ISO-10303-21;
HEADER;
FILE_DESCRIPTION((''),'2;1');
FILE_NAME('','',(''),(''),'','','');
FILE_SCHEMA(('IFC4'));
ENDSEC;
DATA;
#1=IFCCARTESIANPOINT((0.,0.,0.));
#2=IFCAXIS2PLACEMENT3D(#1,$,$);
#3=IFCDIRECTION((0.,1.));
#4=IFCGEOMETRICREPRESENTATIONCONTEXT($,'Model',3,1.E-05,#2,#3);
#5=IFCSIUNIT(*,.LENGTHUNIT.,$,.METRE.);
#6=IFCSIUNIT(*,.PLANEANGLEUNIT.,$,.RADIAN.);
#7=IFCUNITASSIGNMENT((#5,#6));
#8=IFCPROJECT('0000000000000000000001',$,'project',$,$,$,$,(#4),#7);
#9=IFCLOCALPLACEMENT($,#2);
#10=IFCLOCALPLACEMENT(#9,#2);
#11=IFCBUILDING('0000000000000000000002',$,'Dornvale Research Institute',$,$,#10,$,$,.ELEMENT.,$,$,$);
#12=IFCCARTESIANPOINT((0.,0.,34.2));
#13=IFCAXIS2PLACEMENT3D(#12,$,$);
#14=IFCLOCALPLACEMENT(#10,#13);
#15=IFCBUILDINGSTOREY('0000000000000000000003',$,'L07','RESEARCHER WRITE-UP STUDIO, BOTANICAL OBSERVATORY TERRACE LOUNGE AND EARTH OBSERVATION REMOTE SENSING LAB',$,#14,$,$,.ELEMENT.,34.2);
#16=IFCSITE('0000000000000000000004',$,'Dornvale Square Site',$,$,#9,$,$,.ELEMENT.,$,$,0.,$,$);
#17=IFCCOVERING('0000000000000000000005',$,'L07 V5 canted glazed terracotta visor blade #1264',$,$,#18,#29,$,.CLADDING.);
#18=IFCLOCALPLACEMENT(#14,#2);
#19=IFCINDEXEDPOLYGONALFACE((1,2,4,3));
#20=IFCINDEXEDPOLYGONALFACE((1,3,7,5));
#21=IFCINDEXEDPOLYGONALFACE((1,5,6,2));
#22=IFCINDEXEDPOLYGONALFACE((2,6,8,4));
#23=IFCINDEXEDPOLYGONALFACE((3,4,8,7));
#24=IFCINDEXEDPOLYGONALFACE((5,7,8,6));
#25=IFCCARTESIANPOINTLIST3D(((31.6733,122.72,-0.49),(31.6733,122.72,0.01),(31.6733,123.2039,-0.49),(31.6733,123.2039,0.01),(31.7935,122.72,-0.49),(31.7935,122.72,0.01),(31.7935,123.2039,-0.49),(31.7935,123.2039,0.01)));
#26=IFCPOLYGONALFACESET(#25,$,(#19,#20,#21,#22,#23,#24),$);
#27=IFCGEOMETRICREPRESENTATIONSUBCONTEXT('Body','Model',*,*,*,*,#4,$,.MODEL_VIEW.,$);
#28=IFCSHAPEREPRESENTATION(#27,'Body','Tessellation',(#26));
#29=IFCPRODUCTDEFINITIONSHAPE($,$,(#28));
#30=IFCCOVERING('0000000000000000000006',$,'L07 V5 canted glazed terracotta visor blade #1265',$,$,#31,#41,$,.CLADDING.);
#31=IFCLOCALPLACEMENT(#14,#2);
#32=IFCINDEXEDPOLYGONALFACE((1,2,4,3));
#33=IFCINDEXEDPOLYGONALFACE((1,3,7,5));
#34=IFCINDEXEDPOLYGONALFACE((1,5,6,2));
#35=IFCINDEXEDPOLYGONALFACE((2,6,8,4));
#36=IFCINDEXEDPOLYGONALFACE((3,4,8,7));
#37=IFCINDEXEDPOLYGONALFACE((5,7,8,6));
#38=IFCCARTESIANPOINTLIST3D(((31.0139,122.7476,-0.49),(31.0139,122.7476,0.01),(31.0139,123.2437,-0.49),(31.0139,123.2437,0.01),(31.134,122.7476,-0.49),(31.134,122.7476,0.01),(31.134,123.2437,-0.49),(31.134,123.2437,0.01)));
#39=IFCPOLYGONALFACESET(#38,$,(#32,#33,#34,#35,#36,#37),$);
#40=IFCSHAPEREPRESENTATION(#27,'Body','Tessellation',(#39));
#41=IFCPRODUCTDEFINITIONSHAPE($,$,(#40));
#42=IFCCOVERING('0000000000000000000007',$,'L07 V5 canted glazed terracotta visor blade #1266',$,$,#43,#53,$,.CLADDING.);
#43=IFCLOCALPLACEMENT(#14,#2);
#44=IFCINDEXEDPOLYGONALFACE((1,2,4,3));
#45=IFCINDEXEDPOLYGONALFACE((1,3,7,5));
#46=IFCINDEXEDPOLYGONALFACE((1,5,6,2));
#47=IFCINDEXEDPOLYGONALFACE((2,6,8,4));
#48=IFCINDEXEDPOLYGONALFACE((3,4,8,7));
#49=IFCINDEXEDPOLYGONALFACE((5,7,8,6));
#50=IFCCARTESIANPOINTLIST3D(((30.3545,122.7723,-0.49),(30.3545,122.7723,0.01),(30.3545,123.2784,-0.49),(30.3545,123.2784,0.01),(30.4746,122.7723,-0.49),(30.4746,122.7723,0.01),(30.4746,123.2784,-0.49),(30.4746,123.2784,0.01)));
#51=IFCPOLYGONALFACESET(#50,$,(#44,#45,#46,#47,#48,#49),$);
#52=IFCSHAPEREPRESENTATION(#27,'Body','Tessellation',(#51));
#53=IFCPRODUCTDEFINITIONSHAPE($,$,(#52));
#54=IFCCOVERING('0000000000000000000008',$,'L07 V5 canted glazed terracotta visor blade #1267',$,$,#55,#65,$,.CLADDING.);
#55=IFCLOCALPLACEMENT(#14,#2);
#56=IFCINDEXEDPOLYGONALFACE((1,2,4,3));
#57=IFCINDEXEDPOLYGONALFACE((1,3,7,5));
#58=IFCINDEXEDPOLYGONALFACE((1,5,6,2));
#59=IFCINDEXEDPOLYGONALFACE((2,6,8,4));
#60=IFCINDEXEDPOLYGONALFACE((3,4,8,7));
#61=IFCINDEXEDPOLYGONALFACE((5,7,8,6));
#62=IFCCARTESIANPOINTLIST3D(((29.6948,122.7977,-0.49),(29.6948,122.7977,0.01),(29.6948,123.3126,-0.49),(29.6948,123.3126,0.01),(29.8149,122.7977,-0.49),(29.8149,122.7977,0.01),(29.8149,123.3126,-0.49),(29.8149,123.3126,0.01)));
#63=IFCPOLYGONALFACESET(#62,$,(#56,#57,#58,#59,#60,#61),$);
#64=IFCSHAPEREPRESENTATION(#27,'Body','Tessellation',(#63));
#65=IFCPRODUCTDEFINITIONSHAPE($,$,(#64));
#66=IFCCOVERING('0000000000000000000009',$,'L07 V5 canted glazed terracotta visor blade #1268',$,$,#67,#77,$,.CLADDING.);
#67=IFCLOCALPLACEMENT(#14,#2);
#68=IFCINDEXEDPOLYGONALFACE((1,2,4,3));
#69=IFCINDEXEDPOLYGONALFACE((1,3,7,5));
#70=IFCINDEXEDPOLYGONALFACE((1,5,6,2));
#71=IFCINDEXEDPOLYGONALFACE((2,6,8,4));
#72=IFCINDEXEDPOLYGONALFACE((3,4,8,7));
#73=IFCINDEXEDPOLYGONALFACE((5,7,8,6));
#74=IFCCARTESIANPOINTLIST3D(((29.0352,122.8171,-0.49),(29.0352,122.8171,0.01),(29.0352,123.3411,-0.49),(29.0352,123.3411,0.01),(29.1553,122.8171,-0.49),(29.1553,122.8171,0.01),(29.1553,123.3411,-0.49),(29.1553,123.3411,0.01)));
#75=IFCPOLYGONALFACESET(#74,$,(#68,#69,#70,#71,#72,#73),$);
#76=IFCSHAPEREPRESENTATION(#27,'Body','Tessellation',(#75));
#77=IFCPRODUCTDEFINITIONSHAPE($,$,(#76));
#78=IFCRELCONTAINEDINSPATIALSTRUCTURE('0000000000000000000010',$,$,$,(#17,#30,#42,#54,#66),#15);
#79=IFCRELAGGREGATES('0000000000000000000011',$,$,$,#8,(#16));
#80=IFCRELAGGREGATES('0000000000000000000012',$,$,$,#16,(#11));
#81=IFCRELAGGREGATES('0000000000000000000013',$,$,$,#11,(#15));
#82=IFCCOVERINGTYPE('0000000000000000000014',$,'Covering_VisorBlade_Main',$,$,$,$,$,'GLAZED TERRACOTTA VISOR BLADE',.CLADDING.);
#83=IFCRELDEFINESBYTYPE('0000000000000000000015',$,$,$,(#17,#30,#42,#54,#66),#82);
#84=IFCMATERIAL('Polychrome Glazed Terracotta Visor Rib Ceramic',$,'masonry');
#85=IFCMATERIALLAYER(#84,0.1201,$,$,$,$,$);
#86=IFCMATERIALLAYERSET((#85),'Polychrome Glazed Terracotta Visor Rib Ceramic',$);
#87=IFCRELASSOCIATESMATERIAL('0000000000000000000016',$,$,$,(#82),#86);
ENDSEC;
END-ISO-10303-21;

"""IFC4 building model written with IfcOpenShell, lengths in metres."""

from ifc_helpers import new_model, si_unit, direction, frame, origin, origin_2d, place, context, subcontext, project, spatial, rectangle, extrude, material, layer, layer_set, type_object, element, save


model = new_model("IFC4")

# Units and contexts
model_context = context("Model", 3, precision=1e-05, world=origin(), true_north=direction((0.0, 1.0)))
body_context = subcontext(model_context, "Body", "Model", "MODEL_VIEW")
ifc_project = project(units=[si_unit("LENGTHUNIT", "METRE"), si_unit("PLANEANGLEUNIT", "RADIAN")], contexts=[model_context])

# Site, building, storey
site_placement = place(None, origin())
site = spatial("IfcSite", under=ifc_project, at=site_placement, Name="Dornvale Square Site", CompositionType="ELEMENT", RefElevation=0.0)
building_placement = place(site_placement, origin())
building = spatial("IfcBuilding", under=site, at=building_placement, Name="Dornvale Research Institute", CompositionType="ELEMENT")
storey_placement = place(building_placement, frame((0.0, 0.0, 34.2)))
storey = spatial("IfcBuildingStorey", under=building, at=storey_placement, Name="L07", Description="RESEARCHER WRITE-UP STUDIO, BOTANICAL OBSERVATORY TERRACE LOUNGE AND EARTH OBSERVATION REMOTE SENSING LAB", CompositionType="ELEMENT", Elevation=34.2)

# Coverings
ifc_material_1 = material(Name="Polychrome Glazed Terracotta Visor Rib Ceramic", Category="masonry")
ifc_layer_1 = layer(ifc_material_1, 0.1201)
ifc_layer_set_1 = layer_set([ifc_layer_1], Name="Polychrome Glazed Terracotta Visor Rib Ceramic")
covering_type = type_object("IfcCoveringType", Name="Covering_VisorBlade_Main", ElementType="GLAZED TERRACOTTA VISOR BLADE", PredefinedType="CLADDING", material=ifc_layer_set_1)
covering_1_placement = place(storey_placement, frame((31.7334, 122.9619, -0.49), z_axis=(0.0, 0.0, 1.0), x_axis=(0.0, 1.0, 0.0)))
element("IfcCovering", 1, at=covering_1_placement, inside=storey, type_object=covering_type, Name="L07 V5 canted glazed terracotta visor blade #1264", PredefinedType="CLADDING", context=body_context, shape_type="SweptSolid", body=[
    extrude(rectangle(XDim=0.4839, YDim=0.1201, at=origin_2d()), origin(), (0.0, 0.0, 1.0), 0.5),
])
covering_2_placement = place(storey_placement, frame((31.074, 122.9956, -0.49), z_axis=(0.0, 0.0, 1.0), x_axis=(0.0, 1.0, 0.0)))
element("IfcCovering", 2, at=covering_2_placement, inside=storey, type_object=covering_type, Name="L07 V5 canted glazed terracotta visor blade #1265", PredefinedType="CLADDING", context=body_context, shape_type="SweptSolid", body=[
    extrude(rectangle(XDim=0.4961, YDim=0.1201, at=origin_2d()), origin(), (0.0, 0.0, 1.0), 0.5),
])
covering_3_placement = place(storey_placement, frame((30.4146, 123.0254, -0.49), z_axis=(0.0, 0.0, 1.0), x_axis=(0.0, 1.0, 0.0)))
element("IfcCovering", 3, at=covering_3_placement, inside=storey, type_object=covering_type, Name="L07 V5 canted glazed terracotta visor blade #1266", PredefinedType="CLADDING", context=body_context, shape_type="SweptSolid", body=[
    extrude(rectangle(XDim=0.5061, YDim=0.1201, at=origin_2d()), origin(), (0.0, 0.0, 1.0), 0.5),
])
covering_4_placement = place(storey_placement, frame((29.7549, 123.0552, -0.49), z_axis=(0.0, 0.0, 1.0), x_axis=(0.0, 1.0, 0.0)))
element("IfcCovering", 4, at=covering_4_placement, inside=storey, type_object=covering_type, Name="L07 V5 canted glazed terracotta visor blade #1267", PredefinedType="CLADDING", context=body_context, shape_type="SweptSolid", body=[
    extrude(rectangle(XDim=0.5149, YDim=0.1201, at=origin_2d()), origin(), (0.0, 0.0, 1.0), 0.5),
])
covering_5_placement = place(storey_placement, frame((29.0952, 123.0791, -0.49), z_axis=(0.0, 0.0, 1.0), x_axis=(0.0, 1.0, 0.0)))
element("IfcCovering", 5, at=covering_5_placement, inside=storey, type_object=covering_type, Name="L07 V5 canted glazed terracotta visor blade #1268", PredefinedType="CLADDING", context=body_context, shape_type="SweptSolid", body=[
    extrude(rectangle(XDim=0.5239, YDim=0.1201, at=origin_2d()), origin(), (0.0, 0.0, 1.0), 0.5),
])

save(model, "model.ifc")
